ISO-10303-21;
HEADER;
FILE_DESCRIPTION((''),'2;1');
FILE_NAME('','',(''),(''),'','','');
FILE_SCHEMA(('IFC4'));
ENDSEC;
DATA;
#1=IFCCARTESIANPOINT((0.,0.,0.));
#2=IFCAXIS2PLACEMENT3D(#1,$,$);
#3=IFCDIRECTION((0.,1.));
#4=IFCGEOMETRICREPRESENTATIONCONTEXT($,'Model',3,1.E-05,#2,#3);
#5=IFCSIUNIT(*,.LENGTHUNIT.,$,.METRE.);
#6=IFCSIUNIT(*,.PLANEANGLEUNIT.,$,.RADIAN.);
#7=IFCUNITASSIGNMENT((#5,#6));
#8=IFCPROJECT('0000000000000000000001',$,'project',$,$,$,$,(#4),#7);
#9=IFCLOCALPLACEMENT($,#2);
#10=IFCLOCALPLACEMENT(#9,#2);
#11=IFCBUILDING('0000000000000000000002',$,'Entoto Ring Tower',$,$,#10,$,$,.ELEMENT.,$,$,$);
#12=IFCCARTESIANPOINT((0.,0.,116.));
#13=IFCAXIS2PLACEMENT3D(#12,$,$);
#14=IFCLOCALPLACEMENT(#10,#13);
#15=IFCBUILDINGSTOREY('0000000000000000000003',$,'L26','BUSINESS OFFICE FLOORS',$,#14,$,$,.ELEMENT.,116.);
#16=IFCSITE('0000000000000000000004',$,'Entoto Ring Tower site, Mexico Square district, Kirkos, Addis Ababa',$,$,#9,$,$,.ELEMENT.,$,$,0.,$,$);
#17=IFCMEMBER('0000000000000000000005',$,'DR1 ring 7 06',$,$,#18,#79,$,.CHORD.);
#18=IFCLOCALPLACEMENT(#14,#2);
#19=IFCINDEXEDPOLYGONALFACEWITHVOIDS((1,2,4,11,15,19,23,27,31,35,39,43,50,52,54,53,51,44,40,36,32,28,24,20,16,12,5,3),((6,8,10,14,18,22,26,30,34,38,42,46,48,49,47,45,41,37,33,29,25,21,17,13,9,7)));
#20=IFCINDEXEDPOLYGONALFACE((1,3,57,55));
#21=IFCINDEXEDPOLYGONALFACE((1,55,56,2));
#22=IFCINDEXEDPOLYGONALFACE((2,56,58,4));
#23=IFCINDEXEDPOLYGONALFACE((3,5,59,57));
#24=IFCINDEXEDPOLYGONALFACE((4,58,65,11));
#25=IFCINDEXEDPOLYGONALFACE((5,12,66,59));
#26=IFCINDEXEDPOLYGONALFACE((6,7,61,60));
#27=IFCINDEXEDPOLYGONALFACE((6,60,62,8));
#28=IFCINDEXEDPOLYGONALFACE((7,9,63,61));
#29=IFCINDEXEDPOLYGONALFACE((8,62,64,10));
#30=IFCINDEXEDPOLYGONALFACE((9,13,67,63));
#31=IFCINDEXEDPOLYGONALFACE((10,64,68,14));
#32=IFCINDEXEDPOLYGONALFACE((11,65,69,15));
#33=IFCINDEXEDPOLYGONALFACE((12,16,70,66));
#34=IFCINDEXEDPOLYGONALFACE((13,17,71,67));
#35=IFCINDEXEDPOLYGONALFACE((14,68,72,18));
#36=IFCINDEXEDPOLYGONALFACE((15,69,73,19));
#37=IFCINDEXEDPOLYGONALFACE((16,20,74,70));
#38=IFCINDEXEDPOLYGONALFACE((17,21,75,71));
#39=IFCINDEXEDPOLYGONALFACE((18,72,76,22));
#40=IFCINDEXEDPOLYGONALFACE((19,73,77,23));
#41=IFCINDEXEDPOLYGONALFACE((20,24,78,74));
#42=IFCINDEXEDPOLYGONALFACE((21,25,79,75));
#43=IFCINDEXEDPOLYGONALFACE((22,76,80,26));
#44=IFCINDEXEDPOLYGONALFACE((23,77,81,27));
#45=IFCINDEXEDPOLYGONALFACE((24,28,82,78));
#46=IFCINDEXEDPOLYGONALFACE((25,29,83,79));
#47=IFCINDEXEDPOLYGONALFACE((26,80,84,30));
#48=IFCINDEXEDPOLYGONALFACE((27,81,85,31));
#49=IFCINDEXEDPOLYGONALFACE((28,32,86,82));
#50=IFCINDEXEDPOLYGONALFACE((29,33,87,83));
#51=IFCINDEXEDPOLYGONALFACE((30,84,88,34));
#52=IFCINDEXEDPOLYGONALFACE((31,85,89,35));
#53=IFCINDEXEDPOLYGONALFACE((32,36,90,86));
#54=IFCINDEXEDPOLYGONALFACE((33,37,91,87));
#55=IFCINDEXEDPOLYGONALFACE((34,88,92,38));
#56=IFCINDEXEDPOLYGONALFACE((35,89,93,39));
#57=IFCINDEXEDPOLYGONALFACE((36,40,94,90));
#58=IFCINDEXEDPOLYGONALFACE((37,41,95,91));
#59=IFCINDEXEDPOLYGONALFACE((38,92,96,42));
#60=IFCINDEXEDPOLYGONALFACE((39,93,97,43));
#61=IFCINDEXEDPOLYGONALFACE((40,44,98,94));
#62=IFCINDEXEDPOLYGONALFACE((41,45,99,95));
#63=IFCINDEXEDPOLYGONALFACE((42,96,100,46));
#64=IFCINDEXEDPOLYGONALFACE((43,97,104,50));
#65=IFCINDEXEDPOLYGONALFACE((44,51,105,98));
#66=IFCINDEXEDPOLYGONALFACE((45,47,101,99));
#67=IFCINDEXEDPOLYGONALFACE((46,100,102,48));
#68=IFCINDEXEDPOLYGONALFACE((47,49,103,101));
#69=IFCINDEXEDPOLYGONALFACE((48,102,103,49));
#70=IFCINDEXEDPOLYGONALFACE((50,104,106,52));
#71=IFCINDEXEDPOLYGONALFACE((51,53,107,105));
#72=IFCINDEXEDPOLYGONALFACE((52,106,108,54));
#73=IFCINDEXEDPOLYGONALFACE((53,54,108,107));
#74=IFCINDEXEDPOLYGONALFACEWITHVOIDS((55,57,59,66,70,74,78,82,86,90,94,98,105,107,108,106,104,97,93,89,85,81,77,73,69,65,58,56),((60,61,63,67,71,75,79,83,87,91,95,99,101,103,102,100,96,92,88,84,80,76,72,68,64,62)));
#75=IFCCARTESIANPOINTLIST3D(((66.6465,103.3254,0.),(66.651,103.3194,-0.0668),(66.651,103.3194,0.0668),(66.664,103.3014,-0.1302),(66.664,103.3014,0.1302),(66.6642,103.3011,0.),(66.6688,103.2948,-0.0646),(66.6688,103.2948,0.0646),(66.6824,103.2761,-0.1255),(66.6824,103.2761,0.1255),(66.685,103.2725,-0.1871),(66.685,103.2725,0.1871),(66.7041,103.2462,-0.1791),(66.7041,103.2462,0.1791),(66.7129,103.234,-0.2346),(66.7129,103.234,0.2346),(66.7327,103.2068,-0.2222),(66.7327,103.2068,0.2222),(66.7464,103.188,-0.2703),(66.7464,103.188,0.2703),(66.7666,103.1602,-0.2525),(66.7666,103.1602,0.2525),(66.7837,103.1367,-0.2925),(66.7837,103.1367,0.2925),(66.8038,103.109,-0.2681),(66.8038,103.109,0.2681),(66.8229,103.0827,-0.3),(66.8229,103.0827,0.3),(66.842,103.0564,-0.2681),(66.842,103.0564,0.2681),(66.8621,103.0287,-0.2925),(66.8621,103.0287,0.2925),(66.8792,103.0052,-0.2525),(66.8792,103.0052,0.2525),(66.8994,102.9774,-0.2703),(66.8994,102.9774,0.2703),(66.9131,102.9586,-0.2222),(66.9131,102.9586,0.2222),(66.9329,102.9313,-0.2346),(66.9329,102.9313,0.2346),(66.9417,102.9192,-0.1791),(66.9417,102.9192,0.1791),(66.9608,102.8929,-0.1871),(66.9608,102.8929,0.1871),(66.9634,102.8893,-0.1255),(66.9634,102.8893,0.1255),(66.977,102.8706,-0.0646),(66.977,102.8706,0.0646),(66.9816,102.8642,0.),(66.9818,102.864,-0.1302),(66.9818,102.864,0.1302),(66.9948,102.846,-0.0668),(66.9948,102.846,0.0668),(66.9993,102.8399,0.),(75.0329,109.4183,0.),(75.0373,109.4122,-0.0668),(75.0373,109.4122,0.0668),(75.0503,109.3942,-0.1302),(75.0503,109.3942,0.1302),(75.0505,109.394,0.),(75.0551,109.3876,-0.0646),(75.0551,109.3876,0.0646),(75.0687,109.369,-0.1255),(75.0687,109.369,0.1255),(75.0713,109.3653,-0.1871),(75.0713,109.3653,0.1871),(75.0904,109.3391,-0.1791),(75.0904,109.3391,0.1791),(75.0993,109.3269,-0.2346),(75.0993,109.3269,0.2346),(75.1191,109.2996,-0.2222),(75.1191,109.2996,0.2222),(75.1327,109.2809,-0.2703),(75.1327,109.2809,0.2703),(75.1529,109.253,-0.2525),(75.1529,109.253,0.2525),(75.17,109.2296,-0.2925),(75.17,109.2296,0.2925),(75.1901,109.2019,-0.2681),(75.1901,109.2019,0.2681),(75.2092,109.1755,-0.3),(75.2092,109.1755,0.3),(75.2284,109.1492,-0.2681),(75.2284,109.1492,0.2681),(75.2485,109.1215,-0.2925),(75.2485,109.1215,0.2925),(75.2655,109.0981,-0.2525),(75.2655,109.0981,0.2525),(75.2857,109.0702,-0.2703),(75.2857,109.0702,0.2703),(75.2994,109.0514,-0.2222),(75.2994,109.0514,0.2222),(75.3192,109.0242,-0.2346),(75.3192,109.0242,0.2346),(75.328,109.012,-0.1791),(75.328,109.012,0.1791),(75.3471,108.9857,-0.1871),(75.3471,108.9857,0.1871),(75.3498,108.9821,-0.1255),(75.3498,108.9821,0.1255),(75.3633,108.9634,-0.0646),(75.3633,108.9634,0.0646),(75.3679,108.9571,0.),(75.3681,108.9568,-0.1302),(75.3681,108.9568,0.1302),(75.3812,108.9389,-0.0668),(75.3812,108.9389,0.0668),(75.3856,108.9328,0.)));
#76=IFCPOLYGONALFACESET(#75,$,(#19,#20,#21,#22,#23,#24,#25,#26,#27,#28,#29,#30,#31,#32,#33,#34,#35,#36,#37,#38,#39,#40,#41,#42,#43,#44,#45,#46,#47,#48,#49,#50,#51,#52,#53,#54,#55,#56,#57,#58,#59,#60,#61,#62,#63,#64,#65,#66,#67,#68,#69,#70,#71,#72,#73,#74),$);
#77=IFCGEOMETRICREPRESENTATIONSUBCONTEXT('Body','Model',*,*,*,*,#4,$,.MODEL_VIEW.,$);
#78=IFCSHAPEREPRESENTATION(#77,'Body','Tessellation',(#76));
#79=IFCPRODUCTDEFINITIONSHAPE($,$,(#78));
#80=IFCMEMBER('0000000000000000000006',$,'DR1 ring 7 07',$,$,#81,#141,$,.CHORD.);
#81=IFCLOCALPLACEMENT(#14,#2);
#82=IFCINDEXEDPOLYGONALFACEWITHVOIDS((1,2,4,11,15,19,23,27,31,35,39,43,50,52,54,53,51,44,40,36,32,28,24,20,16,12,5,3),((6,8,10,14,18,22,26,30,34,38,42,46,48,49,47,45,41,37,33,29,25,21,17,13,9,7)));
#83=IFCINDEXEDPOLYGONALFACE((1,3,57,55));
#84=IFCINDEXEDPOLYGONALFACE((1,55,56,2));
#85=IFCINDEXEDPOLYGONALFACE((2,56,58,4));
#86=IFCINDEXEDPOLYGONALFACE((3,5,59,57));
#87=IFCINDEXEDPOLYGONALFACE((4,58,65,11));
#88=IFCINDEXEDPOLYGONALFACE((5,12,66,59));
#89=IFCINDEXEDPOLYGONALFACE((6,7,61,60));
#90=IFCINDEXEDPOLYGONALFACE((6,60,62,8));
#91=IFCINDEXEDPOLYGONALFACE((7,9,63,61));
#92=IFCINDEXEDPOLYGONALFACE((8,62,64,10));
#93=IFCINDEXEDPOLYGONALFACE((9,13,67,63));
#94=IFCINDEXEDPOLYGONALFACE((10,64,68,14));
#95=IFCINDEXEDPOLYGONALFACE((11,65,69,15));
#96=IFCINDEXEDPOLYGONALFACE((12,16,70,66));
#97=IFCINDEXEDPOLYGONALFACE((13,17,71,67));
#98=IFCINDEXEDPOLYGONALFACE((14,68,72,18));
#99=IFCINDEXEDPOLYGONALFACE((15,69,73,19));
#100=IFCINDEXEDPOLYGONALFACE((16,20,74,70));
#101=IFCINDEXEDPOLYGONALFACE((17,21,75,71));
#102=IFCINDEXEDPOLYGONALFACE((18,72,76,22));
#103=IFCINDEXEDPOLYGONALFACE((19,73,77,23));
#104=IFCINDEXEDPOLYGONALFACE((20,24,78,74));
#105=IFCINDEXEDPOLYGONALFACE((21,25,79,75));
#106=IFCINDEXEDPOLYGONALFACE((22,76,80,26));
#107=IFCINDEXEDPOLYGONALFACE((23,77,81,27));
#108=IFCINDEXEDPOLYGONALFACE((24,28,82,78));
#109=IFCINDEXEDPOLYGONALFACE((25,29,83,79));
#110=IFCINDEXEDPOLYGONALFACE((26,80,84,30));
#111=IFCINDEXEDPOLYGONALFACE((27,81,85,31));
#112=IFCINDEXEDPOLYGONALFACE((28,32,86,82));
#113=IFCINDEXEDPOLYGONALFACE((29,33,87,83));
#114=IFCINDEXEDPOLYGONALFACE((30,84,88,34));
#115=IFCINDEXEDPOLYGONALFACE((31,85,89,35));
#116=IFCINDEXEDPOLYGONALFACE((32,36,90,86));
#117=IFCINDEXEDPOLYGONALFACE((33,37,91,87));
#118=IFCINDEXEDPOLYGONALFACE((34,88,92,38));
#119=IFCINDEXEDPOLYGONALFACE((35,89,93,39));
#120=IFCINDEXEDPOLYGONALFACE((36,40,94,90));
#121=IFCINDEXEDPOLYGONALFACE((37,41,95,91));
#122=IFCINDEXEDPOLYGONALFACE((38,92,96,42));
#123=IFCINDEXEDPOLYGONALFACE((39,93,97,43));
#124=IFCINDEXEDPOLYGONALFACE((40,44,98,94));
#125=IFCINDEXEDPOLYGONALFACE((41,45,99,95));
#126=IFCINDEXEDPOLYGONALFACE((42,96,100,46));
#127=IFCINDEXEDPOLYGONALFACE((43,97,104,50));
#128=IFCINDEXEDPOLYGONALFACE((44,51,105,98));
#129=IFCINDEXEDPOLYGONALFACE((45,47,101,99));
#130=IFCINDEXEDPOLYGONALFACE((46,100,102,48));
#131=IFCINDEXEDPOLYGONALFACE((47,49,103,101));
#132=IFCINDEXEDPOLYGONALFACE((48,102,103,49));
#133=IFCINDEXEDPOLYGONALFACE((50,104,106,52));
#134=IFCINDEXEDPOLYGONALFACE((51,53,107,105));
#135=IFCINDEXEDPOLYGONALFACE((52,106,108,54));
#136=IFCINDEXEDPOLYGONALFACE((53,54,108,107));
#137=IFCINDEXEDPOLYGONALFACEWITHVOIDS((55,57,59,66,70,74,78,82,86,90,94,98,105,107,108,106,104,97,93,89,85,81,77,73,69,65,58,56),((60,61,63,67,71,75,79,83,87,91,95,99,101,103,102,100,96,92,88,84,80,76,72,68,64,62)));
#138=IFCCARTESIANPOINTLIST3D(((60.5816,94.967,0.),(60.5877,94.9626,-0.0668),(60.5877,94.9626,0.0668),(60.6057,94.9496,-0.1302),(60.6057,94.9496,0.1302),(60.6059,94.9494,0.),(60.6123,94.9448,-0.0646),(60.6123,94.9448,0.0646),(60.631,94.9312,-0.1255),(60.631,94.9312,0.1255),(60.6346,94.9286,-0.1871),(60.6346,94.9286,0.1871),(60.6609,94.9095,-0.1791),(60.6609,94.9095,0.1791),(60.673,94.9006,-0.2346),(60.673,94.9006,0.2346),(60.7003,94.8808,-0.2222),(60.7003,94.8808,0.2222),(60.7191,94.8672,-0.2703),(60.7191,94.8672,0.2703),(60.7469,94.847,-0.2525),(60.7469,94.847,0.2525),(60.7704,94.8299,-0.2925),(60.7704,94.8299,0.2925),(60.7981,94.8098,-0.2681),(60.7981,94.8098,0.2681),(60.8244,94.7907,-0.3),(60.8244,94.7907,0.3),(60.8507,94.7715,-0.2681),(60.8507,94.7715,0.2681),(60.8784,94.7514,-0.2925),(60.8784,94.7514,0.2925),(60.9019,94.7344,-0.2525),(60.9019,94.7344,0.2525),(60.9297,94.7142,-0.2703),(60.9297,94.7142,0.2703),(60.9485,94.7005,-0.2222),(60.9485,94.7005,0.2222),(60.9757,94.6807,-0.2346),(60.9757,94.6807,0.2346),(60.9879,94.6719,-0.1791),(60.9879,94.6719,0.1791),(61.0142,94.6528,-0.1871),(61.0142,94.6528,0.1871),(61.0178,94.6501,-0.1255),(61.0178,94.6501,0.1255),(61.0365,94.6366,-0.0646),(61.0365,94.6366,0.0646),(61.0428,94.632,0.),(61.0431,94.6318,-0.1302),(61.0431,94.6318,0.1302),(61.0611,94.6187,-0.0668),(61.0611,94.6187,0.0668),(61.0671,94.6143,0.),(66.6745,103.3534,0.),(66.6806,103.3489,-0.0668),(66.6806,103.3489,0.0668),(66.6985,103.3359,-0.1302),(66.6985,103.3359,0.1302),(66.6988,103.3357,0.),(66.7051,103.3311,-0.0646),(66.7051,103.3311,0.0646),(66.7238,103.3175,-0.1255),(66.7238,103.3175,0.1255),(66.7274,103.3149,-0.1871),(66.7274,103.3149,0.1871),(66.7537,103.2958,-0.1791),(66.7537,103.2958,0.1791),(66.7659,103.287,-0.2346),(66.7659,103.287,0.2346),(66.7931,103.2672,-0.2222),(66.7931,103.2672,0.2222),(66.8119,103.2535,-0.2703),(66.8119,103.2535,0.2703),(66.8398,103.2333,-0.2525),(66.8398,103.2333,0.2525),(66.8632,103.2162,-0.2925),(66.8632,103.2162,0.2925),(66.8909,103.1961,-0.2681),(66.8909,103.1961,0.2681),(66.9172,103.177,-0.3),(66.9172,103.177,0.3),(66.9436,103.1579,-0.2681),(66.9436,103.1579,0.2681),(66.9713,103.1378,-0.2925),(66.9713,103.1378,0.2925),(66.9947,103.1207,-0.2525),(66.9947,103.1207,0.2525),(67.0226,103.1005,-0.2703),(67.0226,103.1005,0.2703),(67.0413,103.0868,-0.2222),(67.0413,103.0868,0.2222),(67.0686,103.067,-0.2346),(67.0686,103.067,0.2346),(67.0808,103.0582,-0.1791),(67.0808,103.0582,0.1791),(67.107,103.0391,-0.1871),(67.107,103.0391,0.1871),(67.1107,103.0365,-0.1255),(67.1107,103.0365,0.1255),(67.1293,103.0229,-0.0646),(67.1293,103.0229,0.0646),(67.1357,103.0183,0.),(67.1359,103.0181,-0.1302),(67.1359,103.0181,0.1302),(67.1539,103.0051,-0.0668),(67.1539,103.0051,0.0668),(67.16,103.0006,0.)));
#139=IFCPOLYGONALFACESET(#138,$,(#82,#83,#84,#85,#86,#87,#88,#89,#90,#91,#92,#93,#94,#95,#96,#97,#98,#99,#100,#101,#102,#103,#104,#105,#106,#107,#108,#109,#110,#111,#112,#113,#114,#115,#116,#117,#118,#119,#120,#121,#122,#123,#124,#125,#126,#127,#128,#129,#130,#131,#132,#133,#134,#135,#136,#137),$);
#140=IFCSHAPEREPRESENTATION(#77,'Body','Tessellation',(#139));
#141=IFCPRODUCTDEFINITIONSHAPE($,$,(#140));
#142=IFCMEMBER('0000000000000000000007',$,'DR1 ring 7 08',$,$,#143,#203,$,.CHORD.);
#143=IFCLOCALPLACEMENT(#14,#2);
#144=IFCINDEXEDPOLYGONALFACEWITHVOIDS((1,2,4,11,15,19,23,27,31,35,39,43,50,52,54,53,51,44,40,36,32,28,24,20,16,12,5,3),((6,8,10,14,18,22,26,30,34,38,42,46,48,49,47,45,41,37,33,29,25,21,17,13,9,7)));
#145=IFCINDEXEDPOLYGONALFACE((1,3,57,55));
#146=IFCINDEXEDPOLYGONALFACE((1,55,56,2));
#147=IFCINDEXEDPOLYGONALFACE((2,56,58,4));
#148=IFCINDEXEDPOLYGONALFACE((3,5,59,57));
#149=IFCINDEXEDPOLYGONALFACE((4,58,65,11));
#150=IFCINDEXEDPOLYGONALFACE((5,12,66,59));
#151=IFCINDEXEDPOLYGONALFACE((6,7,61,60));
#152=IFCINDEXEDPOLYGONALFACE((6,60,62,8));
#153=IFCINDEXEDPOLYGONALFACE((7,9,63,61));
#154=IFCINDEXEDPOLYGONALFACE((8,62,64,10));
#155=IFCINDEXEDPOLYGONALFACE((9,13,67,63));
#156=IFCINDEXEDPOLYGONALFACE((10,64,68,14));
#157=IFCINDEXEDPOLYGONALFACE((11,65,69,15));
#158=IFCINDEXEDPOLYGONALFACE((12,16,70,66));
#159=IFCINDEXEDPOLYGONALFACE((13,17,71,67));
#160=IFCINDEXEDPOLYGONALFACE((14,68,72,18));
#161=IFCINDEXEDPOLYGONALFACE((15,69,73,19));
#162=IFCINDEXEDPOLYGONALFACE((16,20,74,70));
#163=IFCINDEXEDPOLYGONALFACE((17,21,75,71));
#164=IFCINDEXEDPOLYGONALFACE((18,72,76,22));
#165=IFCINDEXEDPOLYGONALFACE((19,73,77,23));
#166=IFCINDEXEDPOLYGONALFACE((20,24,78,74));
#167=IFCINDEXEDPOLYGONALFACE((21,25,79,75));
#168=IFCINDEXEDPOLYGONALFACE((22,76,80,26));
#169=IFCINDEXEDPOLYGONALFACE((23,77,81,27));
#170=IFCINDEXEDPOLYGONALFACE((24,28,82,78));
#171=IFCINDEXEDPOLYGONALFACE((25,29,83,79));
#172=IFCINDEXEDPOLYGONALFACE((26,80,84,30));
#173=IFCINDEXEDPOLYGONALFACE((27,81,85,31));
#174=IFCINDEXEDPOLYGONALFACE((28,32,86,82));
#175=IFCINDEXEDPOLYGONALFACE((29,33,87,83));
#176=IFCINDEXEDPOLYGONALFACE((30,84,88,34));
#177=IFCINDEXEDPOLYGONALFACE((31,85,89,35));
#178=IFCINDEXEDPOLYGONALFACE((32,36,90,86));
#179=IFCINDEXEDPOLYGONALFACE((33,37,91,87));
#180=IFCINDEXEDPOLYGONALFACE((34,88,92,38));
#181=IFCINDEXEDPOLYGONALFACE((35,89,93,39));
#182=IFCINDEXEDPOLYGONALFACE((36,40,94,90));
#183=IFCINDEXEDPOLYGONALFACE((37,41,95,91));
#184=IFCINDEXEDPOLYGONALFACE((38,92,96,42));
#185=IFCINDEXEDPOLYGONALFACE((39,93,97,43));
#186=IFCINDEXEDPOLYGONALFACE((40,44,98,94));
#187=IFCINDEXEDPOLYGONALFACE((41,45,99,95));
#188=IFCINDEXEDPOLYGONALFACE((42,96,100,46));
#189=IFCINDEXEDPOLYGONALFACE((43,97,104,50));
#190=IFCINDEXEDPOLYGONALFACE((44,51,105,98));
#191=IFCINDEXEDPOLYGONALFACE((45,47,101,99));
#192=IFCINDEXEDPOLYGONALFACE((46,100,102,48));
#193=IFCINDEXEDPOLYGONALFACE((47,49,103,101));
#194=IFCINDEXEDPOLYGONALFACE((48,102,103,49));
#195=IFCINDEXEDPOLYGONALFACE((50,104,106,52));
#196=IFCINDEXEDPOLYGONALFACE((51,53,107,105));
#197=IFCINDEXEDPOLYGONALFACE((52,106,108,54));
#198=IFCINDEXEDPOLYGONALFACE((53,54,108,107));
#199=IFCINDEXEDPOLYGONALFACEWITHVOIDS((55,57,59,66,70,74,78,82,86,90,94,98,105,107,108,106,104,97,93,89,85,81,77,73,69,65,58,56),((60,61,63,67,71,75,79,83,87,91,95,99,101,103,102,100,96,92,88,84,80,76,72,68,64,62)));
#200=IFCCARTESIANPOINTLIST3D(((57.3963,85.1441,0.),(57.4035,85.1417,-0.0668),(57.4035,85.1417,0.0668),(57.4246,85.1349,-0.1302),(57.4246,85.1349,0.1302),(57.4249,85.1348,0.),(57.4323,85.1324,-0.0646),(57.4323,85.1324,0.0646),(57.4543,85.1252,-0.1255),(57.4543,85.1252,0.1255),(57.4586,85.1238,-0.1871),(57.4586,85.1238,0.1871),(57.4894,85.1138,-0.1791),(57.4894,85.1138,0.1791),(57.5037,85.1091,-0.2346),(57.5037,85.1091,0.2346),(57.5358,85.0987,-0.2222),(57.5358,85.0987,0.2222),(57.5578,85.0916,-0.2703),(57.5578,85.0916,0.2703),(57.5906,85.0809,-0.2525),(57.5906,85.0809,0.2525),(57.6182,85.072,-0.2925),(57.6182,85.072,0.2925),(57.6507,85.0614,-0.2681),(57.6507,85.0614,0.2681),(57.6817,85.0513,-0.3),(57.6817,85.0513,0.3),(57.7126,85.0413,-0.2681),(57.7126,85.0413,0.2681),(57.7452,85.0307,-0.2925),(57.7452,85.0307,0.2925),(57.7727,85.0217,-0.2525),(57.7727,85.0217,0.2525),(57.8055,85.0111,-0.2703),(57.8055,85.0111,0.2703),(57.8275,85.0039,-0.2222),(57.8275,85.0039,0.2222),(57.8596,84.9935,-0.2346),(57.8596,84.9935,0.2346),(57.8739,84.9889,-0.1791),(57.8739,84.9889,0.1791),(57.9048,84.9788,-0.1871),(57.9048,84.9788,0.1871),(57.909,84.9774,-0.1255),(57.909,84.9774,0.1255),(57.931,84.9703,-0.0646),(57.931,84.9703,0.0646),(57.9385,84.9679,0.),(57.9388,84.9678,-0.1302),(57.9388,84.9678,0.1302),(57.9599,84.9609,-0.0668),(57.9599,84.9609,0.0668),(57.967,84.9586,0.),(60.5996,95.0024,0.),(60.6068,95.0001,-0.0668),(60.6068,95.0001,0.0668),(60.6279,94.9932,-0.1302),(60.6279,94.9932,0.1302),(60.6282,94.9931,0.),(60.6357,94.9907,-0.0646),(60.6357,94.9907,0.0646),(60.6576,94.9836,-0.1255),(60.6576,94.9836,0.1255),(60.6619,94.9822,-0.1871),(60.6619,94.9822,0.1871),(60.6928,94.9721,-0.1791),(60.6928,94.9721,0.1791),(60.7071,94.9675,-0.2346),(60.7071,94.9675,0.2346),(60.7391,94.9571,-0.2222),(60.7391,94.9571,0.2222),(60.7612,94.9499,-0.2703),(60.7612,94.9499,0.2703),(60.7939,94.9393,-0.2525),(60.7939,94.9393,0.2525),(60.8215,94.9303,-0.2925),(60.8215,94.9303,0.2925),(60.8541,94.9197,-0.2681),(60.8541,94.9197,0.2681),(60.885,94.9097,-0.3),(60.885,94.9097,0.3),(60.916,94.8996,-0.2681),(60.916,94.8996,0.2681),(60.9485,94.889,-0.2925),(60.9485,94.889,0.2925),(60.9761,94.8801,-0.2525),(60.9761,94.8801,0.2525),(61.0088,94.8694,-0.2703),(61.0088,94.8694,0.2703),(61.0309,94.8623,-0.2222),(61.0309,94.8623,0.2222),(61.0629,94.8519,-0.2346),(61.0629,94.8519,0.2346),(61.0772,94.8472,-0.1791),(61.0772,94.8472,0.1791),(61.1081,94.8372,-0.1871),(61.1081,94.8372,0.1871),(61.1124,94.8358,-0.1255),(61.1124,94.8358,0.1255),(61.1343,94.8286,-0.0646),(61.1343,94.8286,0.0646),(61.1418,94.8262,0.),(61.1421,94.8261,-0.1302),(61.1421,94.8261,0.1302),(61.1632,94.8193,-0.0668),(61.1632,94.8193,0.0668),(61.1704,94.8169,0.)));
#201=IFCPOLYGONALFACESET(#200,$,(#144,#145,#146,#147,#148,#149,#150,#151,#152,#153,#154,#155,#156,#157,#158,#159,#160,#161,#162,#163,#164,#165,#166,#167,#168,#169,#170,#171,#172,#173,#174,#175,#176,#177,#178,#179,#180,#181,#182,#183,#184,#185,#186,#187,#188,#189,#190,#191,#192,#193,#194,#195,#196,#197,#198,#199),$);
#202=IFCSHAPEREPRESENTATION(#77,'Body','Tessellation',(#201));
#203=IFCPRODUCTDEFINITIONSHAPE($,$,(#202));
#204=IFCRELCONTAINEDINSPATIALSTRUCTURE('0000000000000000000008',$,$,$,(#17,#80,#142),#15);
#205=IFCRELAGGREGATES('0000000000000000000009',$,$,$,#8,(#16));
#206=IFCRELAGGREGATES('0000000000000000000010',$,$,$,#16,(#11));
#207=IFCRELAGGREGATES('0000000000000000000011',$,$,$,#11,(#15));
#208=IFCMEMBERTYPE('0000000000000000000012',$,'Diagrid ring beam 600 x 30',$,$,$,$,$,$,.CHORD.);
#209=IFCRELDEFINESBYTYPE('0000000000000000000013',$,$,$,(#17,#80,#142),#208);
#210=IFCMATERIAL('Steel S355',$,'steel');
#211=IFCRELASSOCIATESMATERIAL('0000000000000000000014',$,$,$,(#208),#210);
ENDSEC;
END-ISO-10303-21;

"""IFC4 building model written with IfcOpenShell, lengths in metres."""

from ifc_helpers import new_model, si_unit, direction, frame, origin, origin_2d, place, context, subcontext, project, spatial, circle, hollow_circle, extrude, material, material_profile, profile_set, type_object, element, save


model = new_model("IFC4")

# Units and contexts
model_context = context("Model", 3, precision=1e-05, world=origin(), true_north=direction((0.0, 1.0)))
body_context = subcontext(model_context, "Body", "Model", "MODEL_VIEW")
ifc_project = project(units=[si_unit("LENGTHUNIT", "METRE"), si_unit("PLANEANGLEUNIT", "RADIAN")], contexts=[model_context])

# Site, building, storey
site_placement = place(None, origin())
site = spatial("IfcSite", under=ifc_project, at=site_placement, Name="Entoto Ring Tower site, Mexico Square district, Kirkos, Addis Ababa", CompositionType="ELEMENT", RefElevation=0.0)
building_placement = place(site_placement, origin())
building = spatial("IfcBuilding", under=site, at=building_placement, Name="Entoto Ring Tower", CompositionType="ELEMENT")
storey_placement = place(building_placement, frame((0.0, 0.0, 116.0)))
storey = spatial("IfcBuildingStorey", under=building, at=storey_placement, Name="L26", Description="BUSINESS OFFICE FLOORS", CompositionType="ELEMENT", Elevation=116.0)

# Members
ifc_material_1 = material(Name="Steel S355", Category="steel")
ifc_material_profile_1 = material_profile(ifc_material_1, hollow_circle(Radius=0.3, WallThickness=0.03, at=origin_2d()), Name="CHS 600 x 30")
ifc_material_2 = material(Name="Concrete C60/75", Category="concrete")
ifc_material_profile_2 = material_profile(ifc_material_2, circle(Radius=0.27, at=origin_2d()), Name="Concrete C60/75 infill")
ifc_profile_set_1 = profile_set([ifc_material_profile_1, ifc_material_profile_2], Name="Steel S355")
member_type_1 = type_object("IfcMemberType", Name="Diagrid ring beam 600 x 30", PredefinedType="CHORD", material=ifc_profile_set_1)
for number, where, z_axis, x_axis, name in (
    (1, (75.2092, 109.1755, 0.0), (-0.809025, -0.587774, 0.0), (0.587774, -0.809025, 0.0), "DR1 ring 7 06"),
    (2, (66.9172, 103.177, 0.0), (-0.587774, -0.809025, 0.0), (0.809025, -0.587774, 0.0), "DR1 ring 7 07"),
):
    element("IfcMember", number, at=place(storey_placement, frame(where, z_axis=z_axis, x_axis=x_axis)), inside=storey, type_object=member_type_1, Name=name, PredefinedType="CHORD", context=body_context, shape_type="SweptSolid", body=[
        extrude(hollow_circle(Radius=0.3, WallThickness=0.03, at=origin_2d()), origin(), (0.0, 0.0, 1.0), 10.366),
    ])
member_1_placement = place(storey_placement, frame((60.885, 94.9097, 0.0), z_axis=(-0.309033, -0.951051, 0.0), x_axis=(0.951051, -0.309033, 0.0)))
element("IfcMember", 3, at=member_1_placement, inside=storey, type_object=member_type_1, Name="DR1 ring 7 08", PredefinedType="CHORD", context=body_context, shape_type="SweptSolid", body=[
    extrude(hollow_circle(Radius=0.3, WallThickness=0.03, at=origin_2d()), origin(), (0.0, 0.0, 1.0), 10.3657),
])

save(model, "model.ifc")
